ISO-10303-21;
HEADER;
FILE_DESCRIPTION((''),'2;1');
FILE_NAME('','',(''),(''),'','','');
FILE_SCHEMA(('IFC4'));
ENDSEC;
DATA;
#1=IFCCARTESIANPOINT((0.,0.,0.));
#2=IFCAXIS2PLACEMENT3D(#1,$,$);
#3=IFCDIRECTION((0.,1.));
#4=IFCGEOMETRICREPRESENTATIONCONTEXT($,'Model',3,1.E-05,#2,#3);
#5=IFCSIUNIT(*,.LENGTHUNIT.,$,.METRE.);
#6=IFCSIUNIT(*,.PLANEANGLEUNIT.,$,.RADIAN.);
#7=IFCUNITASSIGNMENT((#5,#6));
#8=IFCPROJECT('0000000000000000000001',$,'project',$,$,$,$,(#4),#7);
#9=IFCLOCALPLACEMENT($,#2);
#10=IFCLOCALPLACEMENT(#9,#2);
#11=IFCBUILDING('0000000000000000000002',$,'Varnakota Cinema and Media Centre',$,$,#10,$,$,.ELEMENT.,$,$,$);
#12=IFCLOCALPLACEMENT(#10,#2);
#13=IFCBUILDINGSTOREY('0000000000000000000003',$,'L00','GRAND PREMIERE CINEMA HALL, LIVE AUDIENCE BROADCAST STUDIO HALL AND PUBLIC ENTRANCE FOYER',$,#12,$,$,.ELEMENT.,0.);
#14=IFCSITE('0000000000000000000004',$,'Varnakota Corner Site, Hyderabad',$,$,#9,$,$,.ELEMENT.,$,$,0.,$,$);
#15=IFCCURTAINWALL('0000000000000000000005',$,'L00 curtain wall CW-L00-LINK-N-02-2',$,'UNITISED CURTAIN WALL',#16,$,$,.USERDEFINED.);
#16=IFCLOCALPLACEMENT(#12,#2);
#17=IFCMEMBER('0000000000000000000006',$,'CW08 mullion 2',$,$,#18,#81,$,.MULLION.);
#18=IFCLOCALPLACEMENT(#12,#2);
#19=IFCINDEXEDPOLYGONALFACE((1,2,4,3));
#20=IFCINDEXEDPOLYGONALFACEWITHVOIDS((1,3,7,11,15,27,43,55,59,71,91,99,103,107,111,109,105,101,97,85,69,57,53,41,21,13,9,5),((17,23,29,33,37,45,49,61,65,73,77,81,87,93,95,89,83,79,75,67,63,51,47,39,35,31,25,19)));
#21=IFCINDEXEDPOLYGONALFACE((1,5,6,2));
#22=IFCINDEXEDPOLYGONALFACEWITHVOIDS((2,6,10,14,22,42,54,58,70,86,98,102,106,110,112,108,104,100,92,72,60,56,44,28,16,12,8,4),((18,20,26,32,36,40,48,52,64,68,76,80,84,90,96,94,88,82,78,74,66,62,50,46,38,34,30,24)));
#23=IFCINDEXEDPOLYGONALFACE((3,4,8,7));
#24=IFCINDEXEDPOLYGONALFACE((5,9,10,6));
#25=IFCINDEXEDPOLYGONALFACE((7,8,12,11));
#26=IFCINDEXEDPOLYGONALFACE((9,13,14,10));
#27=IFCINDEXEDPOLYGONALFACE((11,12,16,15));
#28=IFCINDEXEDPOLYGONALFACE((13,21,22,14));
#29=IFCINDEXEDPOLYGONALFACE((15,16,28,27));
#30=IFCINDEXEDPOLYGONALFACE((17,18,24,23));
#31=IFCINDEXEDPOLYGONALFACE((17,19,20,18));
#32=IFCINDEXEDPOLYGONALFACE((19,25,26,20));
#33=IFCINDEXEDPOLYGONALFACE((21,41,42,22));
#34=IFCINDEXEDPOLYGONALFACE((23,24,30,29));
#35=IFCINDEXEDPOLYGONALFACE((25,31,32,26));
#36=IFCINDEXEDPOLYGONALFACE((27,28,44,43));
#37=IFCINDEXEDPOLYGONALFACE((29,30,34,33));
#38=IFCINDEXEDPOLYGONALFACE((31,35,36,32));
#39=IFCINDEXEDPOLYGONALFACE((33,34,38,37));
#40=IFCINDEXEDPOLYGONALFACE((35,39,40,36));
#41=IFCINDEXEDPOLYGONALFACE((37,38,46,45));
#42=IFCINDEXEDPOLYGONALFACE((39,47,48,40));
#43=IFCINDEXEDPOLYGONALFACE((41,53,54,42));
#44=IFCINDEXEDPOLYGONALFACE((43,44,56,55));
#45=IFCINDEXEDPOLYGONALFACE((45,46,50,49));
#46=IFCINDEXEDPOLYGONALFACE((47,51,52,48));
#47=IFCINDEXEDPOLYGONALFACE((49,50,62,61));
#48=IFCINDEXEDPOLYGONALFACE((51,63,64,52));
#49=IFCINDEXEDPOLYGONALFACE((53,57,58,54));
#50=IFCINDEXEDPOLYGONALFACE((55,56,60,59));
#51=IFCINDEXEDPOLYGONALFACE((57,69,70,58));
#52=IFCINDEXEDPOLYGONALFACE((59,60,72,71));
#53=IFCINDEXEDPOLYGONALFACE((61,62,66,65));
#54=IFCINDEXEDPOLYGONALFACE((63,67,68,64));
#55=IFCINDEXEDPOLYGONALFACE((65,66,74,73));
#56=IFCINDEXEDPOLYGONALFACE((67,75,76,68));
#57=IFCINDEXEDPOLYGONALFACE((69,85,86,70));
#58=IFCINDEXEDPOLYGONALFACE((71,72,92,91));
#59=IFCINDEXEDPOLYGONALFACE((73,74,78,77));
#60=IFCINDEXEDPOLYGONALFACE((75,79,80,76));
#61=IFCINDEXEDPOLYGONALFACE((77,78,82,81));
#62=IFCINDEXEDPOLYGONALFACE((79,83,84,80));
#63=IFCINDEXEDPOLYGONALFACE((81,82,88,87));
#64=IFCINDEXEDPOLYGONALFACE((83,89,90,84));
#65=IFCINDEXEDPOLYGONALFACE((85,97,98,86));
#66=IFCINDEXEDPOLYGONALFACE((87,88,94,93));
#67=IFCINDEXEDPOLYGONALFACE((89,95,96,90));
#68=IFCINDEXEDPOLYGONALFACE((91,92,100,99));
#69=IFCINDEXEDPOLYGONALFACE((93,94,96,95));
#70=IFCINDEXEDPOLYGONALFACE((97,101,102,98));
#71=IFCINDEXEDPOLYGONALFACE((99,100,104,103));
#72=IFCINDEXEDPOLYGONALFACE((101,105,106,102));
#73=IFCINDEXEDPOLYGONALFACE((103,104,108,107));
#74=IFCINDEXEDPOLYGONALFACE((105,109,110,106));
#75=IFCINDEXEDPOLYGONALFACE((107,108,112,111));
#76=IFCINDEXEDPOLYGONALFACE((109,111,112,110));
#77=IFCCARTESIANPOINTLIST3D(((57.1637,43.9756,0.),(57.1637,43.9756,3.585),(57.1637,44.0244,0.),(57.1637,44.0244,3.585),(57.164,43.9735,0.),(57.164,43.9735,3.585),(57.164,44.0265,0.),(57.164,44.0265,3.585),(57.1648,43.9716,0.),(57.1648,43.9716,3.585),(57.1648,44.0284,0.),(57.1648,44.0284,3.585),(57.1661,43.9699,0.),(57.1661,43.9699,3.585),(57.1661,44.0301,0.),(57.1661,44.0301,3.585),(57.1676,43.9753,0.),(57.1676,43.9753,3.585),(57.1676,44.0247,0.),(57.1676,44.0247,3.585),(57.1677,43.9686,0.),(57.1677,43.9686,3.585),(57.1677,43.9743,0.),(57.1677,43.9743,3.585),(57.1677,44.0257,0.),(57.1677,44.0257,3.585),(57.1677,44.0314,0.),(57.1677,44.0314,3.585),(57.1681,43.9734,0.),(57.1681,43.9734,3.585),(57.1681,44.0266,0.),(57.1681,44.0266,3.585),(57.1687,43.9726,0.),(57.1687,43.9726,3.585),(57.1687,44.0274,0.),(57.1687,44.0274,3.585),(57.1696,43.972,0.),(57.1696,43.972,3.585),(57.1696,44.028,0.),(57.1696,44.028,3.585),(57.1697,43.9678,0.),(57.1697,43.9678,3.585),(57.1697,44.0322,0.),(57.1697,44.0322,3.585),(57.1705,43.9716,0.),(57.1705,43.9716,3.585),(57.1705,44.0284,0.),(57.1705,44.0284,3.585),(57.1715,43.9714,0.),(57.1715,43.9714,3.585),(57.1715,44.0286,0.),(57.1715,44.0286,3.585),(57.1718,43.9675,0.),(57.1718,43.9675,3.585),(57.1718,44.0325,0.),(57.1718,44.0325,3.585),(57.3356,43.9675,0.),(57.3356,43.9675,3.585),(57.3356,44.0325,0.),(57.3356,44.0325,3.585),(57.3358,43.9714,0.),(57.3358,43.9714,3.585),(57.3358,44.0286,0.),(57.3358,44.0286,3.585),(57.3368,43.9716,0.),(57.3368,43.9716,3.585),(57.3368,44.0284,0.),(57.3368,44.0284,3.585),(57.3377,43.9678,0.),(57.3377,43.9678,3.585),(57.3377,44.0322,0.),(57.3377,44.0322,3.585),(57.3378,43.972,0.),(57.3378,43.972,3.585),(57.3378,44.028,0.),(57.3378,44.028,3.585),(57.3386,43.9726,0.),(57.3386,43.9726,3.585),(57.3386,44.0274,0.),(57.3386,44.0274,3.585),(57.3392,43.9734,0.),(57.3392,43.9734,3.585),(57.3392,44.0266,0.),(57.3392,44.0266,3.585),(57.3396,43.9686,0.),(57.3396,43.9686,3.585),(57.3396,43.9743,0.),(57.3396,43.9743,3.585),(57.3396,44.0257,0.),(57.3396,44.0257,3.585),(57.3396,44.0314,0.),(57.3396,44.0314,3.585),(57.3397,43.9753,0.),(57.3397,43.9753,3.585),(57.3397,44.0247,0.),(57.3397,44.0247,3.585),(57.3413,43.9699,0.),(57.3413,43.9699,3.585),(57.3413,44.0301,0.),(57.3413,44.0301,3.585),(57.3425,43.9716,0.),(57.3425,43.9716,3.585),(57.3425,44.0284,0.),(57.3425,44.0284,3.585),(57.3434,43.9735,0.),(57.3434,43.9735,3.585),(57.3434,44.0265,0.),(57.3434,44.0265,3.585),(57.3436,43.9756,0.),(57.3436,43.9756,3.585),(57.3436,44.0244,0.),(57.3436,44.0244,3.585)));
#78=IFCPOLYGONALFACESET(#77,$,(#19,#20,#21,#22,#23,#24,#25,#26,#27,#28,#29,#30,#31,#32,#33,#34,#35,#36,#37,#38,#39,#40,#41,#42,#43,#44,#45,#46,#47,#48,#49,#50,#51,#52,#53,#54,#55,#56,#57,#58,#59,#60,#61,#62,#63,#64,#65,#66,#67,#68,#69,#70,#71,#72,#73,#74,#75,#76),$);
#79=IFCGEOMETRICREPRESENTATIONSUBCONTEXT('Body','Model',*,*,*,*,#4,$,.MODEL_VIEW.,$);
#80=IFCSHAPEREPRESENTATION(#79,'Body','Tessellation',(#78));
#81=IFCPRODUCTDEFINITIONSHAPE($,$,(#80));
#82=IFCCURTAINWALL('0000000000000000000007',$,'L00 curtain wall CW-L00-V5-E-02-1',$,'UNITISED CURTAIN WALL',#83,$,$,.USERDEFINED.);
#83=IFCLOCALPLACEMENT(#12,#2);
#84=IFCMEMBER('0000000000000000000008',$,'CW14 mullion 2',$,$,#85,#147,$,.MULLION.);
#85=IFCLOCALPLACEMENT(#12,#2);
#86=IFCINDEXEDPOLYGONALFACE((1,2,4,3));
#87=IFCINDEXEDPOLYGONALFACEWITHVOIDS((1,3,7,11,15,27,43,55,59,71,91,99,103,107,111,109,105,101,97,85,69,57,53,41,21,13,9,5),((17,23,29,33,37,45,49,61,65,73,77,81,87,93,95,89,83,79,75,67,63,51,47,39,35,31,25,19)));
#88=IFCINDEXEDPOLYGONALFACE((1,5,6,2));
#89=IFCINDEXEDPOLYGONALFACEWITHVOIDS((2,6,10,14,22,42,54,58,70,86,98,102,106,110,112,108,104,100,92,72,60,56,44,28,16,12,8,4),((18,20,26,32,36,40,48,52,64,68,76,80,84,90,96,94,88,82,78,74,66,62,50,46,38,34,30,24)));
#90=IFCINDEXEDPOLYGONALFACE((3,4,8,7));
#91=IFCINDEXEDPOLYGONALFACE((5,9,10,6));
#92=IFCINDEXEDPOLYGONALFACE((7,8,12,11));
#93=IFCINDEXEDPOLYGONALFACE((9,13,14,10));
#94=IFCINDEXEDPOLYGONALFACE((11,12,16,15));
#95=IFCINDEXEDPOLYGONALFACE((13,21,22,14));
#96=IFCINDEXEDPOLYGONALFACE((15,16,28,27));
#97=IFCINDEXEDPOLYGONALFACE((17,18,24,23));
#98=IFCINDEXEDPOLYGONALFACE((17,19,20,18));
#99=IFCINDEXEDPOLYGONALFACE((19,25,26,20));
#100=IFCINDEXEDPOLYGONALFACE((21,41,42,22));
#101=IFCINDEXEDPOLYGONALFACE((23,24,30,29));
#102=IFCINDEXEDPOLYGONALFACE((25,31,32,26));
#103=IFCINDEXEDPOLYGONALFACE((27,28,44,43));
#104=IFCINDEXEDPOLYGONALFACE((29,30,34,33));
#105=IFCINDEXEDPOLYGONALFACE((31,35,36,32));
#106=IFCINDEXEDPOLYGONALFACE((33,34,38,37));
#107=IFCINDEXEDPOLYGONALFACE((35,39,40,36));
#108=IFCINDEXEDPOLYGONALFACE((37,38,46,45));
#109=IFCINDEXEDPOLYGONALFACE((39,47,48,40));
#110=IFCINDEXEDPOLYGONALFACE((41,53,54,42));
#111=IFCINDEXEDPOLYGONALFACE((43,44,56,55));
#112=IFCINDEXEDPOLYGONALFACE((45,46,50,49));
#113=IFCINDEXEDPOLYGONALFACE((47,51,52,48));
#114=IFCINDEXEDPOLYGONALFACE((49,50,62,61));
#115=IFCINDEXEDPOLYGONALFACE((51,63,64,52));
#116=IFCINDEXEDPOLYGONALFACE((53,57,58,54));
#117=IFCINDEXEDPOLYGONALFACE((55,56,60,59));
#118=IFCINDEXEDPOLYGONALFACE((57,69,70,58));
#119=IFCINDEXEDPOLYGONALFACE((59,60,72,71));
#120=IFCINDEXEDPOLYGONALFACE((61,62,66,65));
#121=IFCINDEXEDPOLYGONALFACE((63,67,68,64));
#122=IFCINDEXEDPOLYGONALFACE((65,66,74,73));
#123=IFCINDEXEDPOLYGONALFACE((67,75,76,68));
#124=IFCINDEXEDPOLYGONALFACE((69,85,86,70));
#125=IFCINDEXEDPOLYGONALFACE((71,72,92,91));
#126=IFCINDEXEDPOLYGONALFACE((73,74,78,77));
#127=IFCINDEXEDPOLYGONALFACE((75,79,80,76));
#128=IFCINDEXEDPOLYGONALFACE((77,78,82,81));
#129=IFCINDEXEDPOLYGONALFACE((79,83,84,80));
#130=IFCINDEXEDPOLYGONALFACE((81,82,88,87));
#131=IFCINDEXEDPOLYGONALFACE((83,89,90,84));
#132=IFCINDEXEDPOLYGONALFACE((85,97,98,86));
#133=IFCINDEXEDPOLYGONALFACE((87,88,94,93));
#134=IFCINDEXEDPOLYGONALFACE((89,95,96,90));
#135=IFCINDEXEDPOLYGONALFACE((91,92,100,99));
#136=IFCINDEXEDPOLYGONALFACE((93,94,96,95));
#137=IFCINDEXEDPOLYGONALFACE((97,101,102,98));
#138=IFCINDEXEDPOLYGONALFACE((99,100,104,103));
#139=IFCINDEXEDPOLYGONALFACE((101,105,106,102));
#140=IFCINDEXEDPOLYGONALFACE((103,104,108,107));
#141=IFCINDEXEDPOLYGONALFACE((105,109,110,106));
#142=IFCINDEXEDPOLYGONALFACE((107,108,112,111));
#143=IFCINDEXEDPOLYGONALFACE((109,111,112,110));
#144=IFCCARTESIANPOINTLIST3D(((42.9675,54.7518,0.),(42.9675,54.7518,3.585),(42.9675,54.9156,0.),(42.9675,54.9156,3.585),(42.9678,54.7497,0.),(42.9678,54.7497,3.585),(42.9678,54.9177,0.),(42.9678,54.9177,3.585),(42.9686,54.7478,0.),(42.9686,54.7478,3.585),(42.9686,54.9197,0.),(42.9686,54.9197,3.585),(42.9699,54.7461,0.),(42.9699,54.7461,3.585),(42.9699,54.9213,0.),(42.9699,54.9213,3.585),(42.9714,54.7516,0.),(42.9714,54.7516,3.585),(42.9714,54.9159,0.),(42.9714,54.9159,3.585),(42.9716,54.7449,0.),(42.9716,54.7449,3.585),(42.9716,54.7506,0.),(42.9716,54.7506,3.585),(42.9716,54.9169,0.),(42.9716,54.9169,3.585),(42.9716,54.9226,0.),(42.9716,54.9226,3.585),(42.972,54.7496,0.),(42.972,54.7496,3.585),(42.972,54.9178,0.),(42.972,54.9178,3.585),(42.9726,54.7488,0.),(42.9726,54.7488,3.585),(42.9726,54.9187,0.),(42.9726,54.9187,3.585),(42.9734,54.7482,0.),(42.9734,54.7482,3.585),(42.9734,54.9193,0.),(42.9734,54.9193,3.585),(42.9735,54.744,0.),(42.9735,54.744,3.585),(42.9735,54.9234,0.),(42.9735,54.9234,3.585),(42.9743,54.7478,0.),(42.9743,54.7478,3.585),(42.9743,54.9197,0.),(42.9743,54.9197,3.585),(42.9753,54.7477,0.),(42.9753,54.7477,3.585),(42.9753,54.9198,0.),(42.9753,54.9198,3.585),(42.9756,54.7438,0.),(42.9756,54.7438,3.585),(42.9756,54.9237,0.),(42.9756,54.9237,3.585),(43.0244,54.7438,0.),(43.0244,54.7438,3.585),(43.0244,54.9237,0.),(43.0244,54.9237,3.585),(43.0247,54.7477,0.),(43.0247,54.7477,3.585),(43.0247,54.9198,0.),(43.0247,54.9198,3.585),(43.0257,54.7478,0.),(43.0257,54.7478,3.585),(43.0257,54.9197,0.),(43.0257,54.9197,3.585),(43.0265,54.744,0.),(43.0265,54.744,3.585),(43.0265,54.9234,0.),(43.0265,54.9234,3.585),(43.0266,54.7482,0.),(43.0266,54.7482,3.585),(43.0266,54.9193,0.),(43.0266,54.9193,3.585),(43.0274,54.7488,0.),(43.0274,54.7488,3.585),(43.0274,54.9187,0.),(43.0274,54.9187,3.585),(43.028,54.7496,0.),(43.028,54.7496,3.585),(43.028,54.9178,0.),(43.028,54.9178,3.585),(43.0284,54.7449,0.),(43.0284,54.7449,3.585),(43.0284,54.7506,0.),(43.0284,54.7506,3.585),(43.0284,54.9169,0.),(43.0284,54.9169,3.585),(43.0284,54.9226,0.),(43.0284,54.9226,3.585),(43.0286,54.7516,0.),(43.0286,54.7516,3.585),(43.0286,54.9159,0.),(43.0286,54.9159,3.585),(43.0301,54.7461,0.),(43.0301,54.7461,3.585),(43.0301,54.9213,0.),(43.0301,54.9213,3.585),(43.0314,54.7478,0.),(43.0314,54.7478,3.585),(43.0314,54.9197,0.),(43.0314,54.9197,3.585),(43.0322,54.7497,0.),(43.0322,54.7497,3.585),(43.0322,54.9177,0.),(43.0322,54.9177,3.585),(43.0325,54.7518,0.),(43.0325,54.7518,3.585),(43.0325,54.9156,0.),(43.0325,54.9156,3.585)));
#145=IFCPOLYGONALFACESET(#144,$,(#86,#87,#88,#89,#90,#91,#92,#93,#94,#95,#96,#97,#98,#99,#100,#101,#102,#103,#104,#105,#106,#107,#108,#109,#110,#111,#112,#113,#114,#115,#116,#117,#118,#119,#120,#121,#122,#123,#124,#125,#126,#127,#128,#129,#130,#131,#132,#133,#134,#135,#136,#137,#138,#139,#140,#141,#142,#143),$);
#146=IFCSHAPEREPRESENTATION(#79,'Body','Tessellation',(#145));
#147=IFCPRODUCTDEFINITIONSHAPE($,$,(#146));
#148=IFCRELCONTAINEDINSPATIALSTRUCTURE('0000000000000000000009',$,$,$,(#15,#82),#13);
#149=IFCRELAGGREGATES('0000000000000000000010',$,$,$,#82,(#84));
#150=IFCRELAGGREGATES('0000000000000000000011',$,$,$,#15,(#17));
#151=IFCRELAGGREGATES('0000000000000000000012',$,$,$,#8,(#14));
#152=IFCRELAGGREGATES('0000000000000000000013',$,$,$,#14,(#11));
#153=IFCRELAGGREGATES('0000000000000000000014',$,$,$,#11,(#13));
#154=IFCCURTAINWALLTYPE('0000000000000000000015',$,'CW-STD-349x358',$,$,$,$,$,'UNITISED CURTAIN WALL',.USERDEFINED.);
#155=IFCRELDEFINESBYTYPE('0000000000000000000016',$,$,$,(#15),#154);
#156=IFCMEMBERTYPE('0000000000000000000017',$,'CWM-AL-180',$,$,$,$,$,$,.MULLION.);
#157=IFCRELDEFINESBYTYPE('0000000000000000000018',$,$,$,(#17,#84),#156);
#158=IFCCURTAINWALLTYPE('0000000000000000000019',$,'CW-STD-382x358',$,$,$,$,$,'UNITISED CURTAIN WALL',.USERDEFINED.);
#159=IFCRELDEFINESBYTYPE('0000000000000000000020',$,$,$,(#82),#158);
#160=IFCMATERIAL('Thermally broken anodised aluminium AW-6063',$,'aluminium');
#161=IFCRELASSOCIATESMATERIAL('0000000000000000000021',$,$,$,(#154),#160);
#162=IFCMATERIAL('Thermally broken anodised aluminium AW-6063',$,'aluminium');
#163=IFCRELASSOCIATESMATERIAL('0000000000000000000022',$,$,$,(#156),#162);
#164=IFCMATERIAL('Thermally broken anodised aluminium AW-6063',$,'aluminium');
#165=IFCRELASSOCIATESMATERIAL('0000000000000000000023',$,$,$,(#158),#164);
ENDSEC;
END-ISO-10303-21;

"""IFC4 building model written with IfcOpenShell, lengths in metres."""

from ifc_helpers import new_model, si_unit, direction, frame, origin, origin_2d, place, context, subcontext, project, spatial, hollow_rectangle, extrude, material, material_profile, profile_set, type_object, element, aggregate, save


model = new_model("IFC4")

# Units and contexts
model_context = context("Model", 3, precision=1e-05, world=origin(), true_north=direction((0.0, 1.0)))
body_context = subcontext(model_context, "Body", "Model", "MODEL_VIEW")
ifc_project = project(units=[si_unit("LENGTHUNIT", "METRE"), si_unit("PLANEANGLEUNIT", "RADIAN")], contexts=[model_context])

# Site, building, storey
site_placement = place(None, origin())
site = spatial("IfcSite", under=ifc_project, at=site_placement, Name="Varnakota Corner Site, Hyderabad", CompositionType="ELEMENT", RefElevation=0.0)
building_placement = place(site_placement, origin())
building = spatial("IfcBuilding", under=site, at=building_placement, Name="Varnakota Cinema and Media Centre", CompositionType="ELEMENT")
storey_placement = place(building_placement, origin())
storey = spatial("IfcBuildingStorey", under=building, at=storey_placement, Name="L00", Description="GRAND PREMIERE CINEMA HALL, LIVE AUDIENCE BROADCAST STUDIO HALL AND PUBLIC ENTRANCE FOYER", CompositionType="ELEMENT", Elevation=0.0)

# Shared definitions
ifc_material_1 = material(Name="Thermally broken anodised aluminium AW-6063", Category="aluminium")
curtain_wall_type_1 = type_object("IfcCurtainWallType", Name="CW-STD-349x358", ElementType="UNITISED CURTAIN WALL", PredefinedType="USERDEFINED", material=ifc_material_1)
ifc_material_2 = material(Name="Thermally broken anodised aluminium AW-6063", Category="aluminium")
ifc_material_profile_1 = material_profile(ifc_material_2, hollow_rectangle(XDim=0.0649, YDim=0.1799, WallThickness=0.0039, InnerFilletRadius=0.0039, OuterFilletRadius=0.0081, at=origin_2d()), Name="AL-MULLION 180x65x4")
ifc_profile_set_1 = profile_set([ifc_material_profile_1], Name="Thermally broken anodised aluminium AW-6063")
member_type_1 = type_object("IfcMemberType", Name="CWM-AL-180", PredefinedType="MULLION", material=ifc_profile_set_1)

# Curtain wall, member
curtain_wall_1_placement = place(storey_placement, origin())
curtain_wall_1 = element("IfcCurtainWall", 1, at=curtain_wall_1_placement, inside=storey, type_object=curtain_wall_type_1, Name="L00 curtain wall CW-L00-LINK-N-02-2", ObjectType="UNITISED CURTAIN WALL", PredefinedType="USERDEFINED")
member_1_placement = place(storey_placement, frame((57.2537, 44.0, 0.0), z_axis=(0.0, 0.0, 1.0), x_axis=(0.0, 1.0, 0.0)))
member_1 = element("IfcMember", 2, at=member_1_placement, type_object=member_type_1, Name="CW08 mullion 2", PredefinedType="MULLION", context=body_context, shape_type="SweptSolid", body=[
    extrude(hollow_rectangle(XDim=0.0649, YDim=0.1799, WallThickness=0.0039, InnerFilletRadius=0.0039, OuterFilletRadius=0.0081, at=origin_2d()), origin(), (0.0, 0.0, 1.0), 3.585),
])

# Curtain wall, member
ifc_material_3 = material(Name="Thermally broken anodised aluminium AW-6063", Category="aluminium")
curtain_wall_type_2 = type_object("IfcCurtainWallType", Name="CW-STD-382x358", ElementType="UNITISED CURTAIN WALL", PredefinedType="USERDEFINED", material=ifc_material_3)
curtain_wall_2_placement = place(storey_placement, origin())
curtain_wall_2 = element("IfcCurtainWall", 3, at=curtain_wall_2_placement, inside=storey, type_object=curtain_wall_type_2, Name="L00 curtain wall CW-L00-V5-E-02-1", ObjectType="UNITISED CURTAIN WALL", PredefinedType="USERDEFINED")
member_2_placement = place(storey_placement, frame((43.0, 54.8337, 0.0), z_axis=(0.0, 0.0, 1.0), x_axis=(-1.0, 0.0, 0.0)))
member_2 = element("IfcMember", 4, at=member_2_placement, type_object=member_type_1, Name="CW14 mullion 2", PredefinedType="MULLION", context=body_context, shape_type="SweptSolid", body=[
    extrude(hollow_rectangle(XDim=0.0649, YDim=0.1799, WallThickness=0.0039, InnerFilletRadius=0.0039, OuterFilletRadius=0.0081, at=origin_2d()), origin(), (0.0, 0.0, 1.0), 3.585),
])

aggregate(curtain_wall_2, [member_2])

aggregate(curtain_wall_1, [member_1])

save(model, "model.ifc")
